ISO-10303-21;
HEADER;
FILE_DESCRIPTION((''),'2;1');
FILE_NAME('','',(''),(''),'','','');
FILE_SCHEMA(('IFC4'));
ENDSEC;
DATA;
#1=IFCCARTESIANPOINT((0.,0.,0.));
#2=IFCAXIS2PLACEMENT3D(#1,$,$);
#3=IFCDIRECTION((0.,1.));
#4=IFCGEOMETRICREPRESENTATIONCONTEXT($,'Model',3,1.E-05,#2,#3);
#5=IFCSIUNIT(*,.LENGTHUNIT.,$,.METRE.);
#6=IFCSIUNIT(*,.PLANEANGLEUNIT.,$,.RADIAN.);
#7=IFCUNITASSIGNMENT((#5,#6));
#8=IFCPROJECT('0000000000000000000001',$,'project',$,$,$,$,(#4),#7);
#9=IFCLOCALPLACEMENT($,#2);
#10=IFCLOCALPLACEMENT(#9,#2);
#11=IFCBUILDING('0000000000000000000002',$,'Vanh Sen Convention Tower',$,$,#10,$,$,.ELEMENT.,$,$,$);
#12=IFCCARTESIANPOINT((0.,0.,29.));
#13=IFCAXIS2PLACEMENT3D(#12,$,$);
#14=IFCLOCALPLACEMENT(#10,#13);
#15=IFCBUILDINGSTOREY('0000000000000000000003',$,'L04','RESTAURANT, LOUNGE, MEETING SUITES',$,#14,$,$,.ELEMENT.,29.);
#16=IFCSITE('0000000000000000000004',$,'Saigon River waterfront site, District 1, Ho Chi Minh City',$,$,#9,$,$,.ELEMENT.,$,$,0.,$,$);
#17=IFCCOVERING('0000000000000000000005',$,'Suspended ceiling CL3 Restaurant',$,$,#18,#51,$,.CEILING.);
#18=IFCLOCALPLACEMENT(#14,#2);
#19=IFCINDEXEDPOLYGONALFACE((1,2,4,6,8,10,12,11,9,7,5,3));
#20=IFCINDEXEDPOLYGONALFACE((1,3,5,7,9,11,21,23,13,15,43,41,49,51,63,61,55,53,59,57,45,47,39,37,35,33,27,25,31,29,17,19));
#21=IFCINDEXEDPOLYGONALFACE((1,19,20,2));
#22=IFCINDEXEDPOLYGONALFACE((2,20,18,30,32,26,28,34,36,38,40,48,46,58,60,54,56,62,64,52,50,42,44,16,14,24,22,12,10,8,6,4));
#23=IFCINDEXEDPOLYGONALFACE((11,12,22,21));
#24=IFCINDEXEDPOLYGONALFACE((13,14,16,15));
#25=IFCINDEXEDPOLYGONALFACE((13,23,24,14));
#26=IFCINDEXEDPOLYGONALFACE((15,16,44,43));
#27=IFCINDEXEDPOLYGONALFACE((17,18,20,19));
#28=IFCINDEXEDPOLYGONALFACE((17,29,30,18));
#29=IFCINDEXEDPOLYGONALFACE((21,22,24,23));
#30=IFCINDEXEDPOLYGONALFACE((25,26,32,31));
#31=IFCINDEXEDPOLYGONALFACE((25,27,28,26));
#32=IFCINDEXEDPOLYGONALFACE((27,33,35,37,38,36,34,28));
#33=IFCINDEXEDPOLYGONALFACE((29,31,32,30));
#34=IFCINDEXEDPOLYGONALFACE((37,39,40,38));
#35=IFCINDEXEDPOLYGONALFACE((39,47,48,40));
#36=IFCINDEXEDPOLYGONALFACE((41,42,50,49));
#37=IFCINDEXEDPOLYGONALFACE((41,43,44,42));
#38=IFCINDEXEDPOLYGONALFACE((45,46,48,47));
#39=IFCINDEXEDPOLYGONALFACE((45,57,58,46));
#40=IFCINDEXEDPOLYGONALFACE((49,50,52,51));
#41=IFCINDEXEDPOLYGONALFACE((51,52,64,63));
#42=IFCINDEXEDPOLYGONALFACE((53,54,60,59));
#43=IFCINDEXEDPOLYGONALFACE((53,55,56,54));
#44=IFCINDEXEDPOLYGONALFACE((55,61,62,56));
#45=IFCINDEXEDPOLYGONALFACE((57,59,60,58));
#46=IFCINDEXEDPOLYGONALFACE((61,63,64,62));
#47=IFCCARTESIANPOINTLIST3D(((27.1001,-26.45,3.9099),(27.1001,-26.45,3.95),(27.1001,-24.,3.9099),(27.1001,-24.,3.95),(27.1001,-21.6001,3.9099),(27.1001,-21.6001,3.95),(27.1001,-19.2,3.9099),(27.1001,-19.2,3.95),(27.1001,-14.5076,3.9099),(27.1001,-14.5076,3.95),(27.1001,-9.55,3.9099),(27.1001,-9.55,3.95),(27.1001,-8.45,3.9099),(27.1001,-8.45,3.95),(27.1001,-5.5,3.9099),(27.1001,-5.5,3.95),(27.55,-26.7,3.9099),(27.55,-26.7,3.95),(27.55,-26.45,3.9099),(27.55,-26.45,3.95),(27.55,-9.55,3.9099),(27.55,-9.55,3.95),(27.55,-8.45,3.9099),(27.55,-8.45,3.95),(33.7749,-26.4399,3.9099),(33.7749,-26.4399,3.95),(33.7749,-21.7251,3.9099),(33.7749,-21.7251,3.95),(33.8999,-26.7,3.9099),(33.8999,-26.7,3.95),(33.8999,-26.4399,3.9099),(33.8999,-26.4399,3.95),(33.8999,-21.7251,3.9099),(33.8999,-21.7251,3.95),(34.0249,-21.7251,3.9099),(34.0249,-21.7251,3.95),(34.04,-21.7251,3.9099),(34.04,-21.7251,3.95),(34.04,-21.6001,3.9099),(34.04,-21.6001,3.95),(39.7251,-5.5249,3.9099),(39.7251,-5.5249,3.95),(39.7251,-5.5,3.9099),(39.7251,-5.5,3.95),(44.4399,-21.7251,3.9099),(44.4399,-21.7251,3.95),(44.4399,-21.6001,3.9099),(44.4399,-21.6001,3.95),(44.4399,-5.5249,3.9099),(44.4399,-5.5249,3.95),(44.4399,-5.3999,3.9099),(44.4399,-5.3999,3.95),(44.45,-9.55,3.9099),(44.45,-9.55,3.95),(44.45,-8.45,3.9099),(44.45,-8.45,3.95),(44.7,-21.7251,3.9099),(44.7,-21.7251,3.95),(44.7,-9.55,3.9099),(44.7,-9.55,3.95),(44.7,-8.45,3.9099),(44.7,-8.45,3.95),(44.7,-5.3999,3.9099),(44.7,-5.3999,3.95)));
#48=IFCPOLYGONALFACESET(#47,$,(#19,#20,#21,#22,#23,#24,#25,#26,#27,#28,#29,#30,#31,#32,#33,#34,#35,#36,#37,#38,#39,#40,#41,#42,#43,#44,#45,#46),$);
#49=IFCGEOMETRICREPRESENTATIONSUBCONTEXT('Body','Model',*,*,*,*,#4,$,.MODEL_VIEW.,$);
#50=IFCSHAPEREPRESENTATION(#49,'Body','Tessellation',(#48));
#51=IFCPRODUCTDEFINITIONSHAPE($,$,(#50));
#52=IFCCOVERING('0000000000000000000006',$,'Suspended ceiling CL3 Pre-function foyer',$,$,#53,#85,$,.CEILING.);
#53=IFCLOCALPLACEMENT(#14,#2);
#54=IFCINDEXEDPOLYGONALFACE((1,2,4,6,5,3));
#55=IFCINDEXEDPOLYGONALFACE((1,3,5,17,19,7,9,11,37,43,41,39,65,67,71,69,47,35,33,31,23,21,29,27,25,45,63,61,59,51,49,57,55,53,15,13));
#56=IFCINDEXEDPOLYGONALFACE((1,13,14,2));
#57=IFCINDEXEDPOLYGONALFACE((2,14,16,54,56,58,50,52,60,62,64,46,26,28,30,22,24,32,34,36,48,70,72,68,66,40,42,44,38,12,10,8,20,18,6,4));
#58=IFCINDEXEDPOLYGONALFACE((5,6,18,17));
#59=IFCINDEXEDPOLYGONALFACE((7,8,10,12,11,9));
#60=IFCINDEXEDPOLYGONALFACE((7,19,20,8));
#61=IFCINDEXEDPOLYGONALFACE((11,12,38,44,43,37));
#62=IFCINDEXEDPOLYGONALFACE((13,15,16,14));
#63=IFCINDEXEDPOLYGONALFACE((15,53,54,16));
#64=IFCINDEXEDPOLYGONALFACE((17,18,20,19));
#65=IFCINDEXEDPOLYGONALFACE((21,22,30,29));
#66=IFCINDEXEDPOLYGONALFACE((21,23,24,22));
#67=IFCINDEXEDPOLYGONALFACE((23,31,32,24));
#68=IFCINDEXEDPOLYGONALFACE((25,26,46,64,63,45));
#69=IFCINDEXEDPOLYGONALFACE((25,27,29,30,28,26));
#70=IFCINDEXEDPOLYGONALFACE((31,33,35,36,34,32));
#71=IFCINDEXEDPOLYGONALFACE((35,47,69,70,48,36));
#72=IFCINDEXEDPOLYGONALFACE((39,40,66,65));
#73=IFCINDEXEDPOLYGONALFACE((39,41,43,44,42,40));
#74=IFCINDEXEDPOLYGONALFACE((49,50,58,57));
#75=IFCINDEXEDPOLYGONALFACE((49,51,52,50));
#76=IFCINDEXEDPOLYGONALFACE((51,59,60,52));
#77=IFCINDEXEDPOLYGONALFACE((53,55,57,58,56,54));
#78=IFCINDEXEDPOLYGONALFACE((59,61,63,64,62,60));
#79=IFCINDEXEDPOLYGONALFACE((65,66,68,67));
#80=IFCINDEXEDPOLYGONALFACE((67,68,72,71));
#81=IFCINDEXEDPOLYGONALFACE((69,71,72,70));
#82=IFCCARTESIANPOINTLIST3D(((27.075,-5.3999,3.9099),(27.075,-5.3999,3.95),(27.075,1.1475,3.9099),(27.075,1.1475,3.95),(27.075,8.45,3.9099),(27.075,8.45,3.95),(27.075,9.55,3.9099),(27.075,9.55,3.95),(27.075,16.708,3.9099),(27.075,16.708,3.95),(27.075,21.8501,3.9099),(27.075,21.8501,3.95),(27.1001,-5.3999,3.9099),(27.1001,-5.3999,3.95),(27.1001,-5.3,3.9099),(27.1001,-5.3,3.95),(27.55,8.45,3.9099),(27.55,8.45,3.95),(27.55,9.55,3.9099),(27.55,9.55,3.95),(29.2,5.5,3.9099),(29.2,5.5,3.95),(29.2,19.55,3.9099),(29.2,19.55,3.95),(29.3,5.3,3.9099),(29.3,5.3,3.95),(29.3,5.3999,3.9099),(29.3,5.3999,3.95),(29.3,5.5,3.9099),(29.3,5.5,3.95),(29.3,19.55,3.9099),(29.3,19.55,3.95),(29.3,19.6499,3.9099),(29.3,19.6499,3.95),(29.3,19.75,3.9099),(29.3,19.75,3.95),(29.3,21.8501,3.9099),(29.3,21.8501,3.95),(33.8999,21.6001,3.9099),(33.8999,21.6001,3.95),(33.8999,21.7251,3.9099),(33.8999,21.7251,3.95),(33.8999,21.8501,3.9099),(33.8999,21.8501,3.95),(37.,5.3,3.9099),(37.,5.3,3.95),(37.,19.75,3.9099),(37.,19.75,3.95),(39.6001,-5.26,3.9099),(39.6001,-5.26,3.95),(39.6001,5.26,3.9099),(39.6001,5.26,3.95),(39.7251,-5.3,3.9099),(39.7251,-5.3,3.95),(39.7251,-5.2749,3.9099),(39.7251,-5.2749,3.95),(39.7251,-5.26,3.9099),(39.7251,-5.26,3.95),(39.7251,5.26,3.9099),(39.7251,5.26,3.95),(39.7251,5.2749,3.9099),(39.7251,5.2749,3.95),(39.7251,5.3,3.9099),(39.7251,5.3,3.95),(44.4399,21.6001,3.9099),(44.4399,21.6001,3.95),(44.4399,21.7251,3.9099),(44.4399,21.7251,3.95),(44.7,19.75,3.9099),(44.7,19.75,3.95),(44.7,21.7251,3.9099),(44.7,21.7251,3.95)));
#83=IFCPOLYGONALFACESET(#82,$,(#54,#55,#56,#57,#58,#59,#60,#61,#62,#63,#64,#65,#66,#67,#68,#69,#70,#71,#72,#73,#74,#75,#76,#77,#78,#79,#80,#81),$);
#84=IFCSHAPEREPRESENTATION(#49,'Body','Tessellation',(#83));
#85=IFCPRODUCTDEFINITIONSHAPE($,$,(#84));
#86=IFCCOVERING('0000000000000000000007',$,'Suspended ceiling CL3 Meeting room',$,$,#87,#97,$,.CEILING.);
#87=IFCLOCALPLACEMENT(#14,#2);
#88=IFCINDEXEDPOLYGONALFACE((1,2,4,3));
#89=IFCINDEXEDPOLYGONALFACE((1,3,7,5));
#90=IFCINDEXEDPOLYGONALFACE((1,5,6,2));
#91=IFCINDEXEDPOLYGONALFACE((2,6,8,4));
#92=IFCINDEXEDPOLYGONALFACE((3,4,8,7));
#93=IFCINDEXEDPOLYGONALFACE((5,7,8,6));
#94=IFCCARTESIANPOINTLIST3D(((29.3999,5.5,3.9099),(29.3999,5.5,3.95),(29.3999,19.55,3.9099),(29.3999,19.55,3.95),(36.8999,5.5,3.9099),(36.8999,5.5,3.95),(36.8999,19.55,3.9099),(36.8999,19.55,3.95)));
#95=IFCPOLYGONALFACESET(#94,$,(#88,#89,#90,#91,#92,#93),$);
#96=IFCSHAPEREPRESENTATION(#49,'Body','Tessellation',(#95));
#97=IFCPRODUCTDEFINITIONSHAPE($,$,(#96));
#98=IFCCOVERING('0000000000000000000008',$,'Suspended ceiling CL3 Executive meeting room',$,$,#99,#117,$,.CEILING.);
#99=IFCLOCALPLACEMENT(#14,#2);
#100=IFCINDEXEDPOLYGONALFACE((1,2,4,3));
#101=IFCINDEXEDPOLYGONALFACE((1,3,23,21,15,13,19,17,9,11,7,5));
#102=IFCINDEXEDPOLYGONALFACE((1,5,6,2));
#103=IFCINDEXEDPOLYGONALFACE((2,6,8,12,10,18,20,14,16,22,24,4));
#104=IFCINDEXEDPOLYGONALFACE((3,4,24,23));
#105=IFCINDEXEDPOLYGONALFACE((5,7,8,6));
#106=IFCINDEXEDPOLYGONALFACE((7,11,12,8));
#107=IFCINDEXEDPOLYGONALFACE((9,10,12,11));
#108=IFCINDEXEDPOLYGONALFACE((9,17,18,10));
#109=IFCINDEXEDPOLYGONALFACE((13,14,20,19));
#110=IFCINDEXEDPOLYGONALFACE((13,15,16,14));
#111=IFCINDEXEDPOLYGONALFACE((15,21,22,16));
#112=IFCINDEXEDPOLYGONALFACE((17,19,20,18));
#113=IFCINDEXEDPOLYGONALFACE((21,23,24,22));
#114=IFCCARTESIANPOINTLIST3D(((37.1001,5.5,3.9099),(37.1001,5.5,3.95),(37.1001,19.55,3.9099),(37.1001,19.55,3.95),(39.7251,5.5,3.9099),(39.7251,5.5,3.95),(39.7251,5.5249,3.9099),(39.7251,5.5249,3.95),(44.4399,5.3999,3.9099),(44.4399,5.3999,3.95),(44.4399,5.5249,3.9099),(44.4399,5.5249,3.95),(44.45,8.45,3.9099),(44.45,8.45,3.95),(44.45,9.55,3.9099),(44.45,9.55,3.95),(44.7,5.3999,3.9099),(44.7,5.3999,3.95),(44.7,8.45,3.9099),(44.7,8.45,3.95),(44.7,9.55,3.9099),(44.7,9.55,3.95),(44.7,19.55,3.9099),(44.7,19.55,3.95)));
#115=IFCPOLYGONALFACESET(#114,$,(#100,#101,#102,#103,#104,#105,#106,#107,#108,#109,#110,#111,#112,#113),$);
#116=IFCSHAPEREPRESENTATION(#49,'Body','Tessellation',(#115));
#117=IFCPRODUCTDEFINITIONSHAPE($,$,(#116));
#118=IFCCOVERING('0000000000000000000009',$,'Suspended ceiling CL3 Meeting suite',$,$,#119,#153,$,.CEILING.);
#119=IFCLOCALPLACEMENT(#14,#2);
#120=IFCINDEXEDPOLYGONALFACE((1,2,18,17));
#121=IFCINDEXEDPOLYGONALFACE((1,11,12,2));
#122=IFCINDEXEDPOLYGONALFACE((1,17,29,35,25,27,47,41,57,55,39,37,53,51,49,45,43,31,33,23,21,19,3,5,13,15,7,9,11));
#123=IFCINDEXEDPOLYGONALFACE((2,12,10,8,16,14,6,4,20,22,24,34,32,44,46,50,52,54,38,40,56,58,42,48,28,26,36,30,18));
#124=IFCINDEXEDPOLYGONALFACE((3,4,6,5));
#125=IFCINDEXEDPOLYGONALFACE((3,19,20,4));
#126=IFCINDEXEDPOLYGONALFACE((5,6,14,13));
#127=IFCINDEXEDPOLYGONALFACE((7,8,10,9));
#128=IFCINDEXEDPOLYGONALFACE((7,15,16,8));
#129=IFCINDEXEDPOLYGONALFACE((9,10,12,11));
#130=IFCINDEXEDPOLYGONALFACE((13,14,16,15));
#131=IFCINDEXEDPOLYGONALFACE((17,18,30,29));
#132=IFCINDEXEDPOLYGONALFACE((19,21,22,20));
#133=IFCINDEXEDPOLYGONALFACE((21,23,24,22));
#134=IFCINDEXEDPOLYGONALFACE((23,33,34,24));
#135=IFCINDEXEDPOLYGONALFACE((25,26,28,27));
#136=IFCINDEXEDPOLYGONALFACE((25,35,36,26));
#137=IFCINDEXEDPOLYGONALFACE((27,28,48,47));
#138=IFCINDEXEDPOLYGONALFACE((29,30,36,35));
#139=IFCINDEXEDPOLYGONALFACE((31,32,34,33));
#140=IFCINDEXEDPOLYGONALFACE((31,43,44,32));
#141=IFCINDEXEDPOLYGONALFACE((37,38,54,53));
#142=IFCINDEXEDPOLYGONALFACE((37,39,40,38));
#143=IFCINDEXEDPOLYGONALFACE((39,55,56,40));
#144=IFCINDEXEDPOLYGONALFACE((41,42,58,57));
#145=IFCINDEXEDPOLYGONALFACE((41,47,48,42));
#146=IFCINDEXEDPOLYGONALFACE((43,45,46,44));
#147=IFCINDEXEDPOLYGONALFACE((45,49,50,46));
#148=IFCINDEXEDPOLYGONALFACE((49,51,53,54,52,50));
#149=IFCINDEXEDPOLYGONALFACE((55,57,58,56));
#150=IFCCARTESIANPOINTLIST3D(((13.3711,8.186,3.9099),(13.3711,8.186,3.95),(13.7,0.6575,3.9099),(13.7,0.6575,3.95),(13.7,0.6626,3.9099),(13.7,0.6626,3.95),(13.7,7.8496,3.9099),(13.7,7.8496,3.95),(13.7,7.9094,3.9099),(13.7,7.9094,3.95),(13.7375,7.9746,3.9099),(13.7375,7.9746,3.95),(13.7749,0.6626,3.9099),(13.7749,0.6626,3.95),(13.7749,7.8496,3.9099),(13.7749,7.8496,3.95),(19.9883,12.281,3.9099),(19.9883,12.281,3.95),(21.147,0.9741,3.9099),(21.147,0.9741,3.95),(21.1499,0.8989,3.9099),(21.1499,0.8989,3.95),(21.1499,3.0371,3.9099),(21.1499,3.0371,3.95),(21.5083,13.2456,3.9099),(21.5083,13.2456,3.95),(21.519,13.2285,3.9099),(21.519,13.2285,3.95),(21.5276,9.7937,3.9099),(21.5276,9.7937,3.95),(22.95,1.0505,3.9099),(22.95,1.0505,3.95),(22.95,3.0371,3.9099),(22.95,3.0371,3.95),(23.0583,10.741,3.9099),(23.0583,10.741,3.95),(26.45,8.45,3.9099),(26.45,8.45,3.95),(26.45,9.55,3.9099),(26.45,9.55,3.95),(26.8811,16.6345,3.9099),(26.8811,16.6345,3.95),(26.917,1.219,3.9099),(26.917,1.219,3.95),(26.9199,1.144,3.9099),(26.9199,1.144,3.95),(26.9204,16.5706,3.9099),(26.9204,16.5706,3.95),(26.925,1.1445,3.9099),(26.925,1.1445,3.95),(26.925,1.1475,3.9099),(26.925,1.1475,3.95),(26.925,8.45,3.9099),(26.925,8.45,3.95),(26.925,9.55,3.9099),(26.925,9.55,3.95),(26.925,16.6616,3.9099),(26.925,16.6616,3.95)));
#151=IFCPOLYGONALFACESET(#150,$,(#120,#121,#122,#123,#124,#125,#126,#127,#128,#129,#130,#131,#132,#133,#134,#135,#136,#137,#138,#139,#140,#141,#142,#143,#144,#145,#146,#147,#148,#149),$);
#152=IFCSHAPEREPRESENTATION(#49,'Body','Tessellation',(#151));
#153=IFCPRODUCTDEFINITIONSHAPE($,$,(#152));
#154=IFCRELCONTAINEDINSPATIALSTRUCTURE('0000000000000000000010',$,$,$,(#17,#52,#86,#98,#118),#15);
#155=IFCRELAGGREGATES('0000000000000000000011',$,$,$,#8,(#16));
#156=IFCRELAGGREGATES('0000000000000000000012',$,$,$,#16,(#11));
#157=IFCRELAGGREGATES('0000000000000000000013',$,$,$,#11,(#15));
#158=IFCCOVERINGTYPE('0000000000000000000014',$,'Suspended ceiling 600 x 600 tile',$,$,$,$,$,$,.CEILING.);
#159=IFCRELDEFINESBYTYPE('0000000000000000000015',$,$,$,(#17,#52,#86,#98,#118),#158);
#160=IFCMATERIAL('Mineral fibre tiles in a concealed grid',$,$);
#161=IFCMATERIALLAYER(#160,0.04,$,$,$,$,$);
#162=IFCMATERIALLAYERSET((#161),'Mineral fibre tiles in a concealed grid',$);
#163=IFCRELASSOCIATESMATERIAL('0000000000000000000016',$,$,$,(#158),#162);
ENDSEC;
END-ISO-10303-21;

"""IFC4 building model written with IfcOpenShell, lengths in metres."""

from ifc_helpers import new_model, si_unit, direction, frame, origin, place, context, subcontext, project, spatial, polyline, outline, extrude, material, layer, layer_set, type_object, element, save


model = new_model("IFC4")

# Units and contexts
model_context = context("Model", 3, precision=1e-05, world=origin(), true_north=direction((0.0, 1.0)))
body_context = subcontext(model_context, "Body", "Model", "MODEL_VIEW")
ifc_project = project(units=[si_unit("LENGTHUNIT", "METRE"), si_unit("PLANEANGLEUNIT", "RADIAN")], contexts=[model_context])

# Site, building, storey
site_placement = place(None, origin())
site = spatial("IfcSite", under=ifc_project, at=site_placement, Name="Saigon River waterfront site, District 1, Ho Chi Minh City", CompositionType="ELEMENT", RefElevation=0.0)
building_placement = place(site_placement, origin())
building = spatial("IfcBuilding", under=site, at=building_placement, Name="Vanh Sen Convention Tower", CompositionType="ELEMENT")
storey_placement = place(building_placement, frame((0.0, 0.0, 29.0)))
storey = spatial("IfcBuildingStorey", under=building, at=storey_placement, Name="L04", Description="RESTAURANT, LOUNGE, MEETING SUITES", CompositionType="ELEMENT", Elevation=29.0)

# Coverings
ifc_material_1 = material(Name="Mineral fibre tiles in a concealed grid")
ifc_layer_1 = layer(ifc_material_1, 0.04)
ifc_layer_set_1 = layer_set([ifc_layer_1], Name="Mineral fibre tiles in a concealed grid")
covering_type = type_object("IfcCoveringType", Name="Suspended ceiling 600 x 600 tile", PredefinedType="CEILING", material=ifc_layer_set_1)
covering_1_placement = place(storey_placement, frame((0.0, 0.0, 3.9099)))
element("IfcCovering", 1, at=covering_1_placement, inside=storey, type_object=covering_type, Name="Suspended ceiling CL3 Restaurant", PredefinedType="CEILING", context=body_context, shape_type="SweptSolid", body=[
    extrude(outline(polyline([(44.7, -21.7251), (44.7, -9.55), (44.45, -9.55), (44.45, -8.45), (44.7, -8.45), (44.7, -5.3999), (44.4399, -5.3999), (44.4399, -5.5249), (39.7251, -5.5249), (39.7251, -5.5), (27.1001, -5.5), (27.1001, -8.45), (27.55, -8.45), (27.55, -9.55), (27.1001, -9.55), (27.1001, -14.5076), (27.1001, -19.2), (27.1001, -21.6001), (27.1001, -24.0), (27.1001, -26.45), (27.55, -26.45), (27.55, -26.7), (33.8999, -26.7), (33.8999, -26.4399), (33.7749, -26.4399), (33.7749, -21.7251), (33.8999, -21.7251), (34.0249, -21.7251), (34.04, -21.7251), (34.04, -21.6001), (44.4399, -21.6001), (44.4399, -21.7251), (44.7, -21.7251)])), origin(), (0.0, 0.0, 1.0), 0.04),
])
covering_2_placement = place(storey_placement, frame((0.0, 0.0, 3.9099)))
element("IfcCovering", 2, at=covering_2_placement, inside=storey, type_object=covering_type, Name="Suspended ceiling CL3 Pre-function foyer", PredefinedType="CEILING", context=body_context, shape_type="SweptSolid", body=[
    extrude(outline(polyline([(33.8999, 21.8501), (29.3, 21.8501), (27.075, 21.8501), (27.075, 16.708), (27.075, 9.55), (27.55, 9.55), (27.55, 8.45), (27.075, 8.45), (27.075, 1.1475), (27.075, -5.3999), (27.1001, -5.3999), (27.1001, -5.3), (39.7251, -5.3), (39.7251, -5.2749), (39.7251, -5.26), (39.6001, -5.26), (39.6001, 5.26), (39.7251, 5.26), (39.7251, 5.2749), (39.7251, 5.3), (37.0, 5.3), (29.3, 5.3), (29.3, 5.3999), (29.3, 5.5), (29.2, 5.5), (29.2, 19.55), (29.3, 19.55), (29.3, 19.6499), (29.3, 19.75), (37.0, 19.75), (44.7, 19.75), (44.7, 21.7251), (44.4399, 21.7251), (44.4399, 21.6001), (33.8999, 21.6001), (33.8999, 21.7251), (33.8999, 21.8501)])), origin(), (0.0, 0.0, 1.0), 0.04),
])
covering_3_placement = place(storey_placement, frame((0.0, 0.0, 3.9099)))
element("IfcCovering", 3, at=covering_3_placement, inside=storey, type_object=covering_type, Name="Suspended ceiling CL3 Meeting room", PredefinedType="CEILING", context=body_context, shape_type="SweptSolid", body=[
    extrude(outline(polyline([(36.8999, 19.55), (29.3999, 19.55), (29.3999, 5.5), (36.8999, 5.5), (36.8999, 19.55)])), origin(), (0.0, 0.0, 1.0), 0.04),
])
covering_4_placement = place(storey_placement, frame((0.0, 0.0, 3.9099)))
element("IfcCovering", 4, at=covering_4_placement, inside=storey, type_object=covering_type, Name="Suspended ceiling CL3 Executive meeting room", PredefinedType="CEILING", context=body_context, shape_type="SweptSolid", body=[
    extrude(outline(polyline([(44.4399, 5.3999), (44.7, 5.3999), (44.7, 8.45), (44.45, 8.45), (44.45, 9.55), (44.7, 9.55), (44.7, 19.55), (37.1001, 19.55), (37.1001, 5.5), (39.7251, 5.5), (39.7251, 5.5249), (44.4399, 5.5249), (44.4399, 5.3999)])), origin(), (0.0, 0.0, 1.0), 0.04),
])
covering_5_placement = place(storey_placement, frame((0.0, 0.0, 3.9099)))
element("IfcCovering", 5, at=covering_5_placement, inside=storey, type_object=covering_type, Name="Suspended ceiling CL3 Meeting suite", PredefinedType="CEILING", context=body_context, shape_type="SweptSolid", body=[
    extrude(outline(polyline([(26.917, 1.219), (26.9199, 1.144), (26.925, 1.1445), (26.925, 1.1475), (26.925, 8.45), (26.45, 8.45), (26.45, 9.55), (26.925, 9.55), (26.925, 16.6616), (26.8811, 16.6345), (26.9204, 16.5706), (21.519, 13.2285), (21.5083, 13.2456), (23.0583, 10.741), (21.5276, 9.7937), (19.9883, 12.281), (13.3711, 8.186), (13.7375, 7.9746), (13.7, 7.9094), (13.7, 7.8496), (13.7749, 7.8496), (13.7749, 0.6626), (13.7, 0.6626), (13.7, 0.6575), (21.147, 0.9741), (21.1499, 0.8989), (21.1499, 3.0371), (22.95, 3.0371), (22.95, 1.0505), (26.917, 1.219)])), origin(), (0.0, 0.0, 1.0), 0.04),
])

save(model, "model.ifc")
